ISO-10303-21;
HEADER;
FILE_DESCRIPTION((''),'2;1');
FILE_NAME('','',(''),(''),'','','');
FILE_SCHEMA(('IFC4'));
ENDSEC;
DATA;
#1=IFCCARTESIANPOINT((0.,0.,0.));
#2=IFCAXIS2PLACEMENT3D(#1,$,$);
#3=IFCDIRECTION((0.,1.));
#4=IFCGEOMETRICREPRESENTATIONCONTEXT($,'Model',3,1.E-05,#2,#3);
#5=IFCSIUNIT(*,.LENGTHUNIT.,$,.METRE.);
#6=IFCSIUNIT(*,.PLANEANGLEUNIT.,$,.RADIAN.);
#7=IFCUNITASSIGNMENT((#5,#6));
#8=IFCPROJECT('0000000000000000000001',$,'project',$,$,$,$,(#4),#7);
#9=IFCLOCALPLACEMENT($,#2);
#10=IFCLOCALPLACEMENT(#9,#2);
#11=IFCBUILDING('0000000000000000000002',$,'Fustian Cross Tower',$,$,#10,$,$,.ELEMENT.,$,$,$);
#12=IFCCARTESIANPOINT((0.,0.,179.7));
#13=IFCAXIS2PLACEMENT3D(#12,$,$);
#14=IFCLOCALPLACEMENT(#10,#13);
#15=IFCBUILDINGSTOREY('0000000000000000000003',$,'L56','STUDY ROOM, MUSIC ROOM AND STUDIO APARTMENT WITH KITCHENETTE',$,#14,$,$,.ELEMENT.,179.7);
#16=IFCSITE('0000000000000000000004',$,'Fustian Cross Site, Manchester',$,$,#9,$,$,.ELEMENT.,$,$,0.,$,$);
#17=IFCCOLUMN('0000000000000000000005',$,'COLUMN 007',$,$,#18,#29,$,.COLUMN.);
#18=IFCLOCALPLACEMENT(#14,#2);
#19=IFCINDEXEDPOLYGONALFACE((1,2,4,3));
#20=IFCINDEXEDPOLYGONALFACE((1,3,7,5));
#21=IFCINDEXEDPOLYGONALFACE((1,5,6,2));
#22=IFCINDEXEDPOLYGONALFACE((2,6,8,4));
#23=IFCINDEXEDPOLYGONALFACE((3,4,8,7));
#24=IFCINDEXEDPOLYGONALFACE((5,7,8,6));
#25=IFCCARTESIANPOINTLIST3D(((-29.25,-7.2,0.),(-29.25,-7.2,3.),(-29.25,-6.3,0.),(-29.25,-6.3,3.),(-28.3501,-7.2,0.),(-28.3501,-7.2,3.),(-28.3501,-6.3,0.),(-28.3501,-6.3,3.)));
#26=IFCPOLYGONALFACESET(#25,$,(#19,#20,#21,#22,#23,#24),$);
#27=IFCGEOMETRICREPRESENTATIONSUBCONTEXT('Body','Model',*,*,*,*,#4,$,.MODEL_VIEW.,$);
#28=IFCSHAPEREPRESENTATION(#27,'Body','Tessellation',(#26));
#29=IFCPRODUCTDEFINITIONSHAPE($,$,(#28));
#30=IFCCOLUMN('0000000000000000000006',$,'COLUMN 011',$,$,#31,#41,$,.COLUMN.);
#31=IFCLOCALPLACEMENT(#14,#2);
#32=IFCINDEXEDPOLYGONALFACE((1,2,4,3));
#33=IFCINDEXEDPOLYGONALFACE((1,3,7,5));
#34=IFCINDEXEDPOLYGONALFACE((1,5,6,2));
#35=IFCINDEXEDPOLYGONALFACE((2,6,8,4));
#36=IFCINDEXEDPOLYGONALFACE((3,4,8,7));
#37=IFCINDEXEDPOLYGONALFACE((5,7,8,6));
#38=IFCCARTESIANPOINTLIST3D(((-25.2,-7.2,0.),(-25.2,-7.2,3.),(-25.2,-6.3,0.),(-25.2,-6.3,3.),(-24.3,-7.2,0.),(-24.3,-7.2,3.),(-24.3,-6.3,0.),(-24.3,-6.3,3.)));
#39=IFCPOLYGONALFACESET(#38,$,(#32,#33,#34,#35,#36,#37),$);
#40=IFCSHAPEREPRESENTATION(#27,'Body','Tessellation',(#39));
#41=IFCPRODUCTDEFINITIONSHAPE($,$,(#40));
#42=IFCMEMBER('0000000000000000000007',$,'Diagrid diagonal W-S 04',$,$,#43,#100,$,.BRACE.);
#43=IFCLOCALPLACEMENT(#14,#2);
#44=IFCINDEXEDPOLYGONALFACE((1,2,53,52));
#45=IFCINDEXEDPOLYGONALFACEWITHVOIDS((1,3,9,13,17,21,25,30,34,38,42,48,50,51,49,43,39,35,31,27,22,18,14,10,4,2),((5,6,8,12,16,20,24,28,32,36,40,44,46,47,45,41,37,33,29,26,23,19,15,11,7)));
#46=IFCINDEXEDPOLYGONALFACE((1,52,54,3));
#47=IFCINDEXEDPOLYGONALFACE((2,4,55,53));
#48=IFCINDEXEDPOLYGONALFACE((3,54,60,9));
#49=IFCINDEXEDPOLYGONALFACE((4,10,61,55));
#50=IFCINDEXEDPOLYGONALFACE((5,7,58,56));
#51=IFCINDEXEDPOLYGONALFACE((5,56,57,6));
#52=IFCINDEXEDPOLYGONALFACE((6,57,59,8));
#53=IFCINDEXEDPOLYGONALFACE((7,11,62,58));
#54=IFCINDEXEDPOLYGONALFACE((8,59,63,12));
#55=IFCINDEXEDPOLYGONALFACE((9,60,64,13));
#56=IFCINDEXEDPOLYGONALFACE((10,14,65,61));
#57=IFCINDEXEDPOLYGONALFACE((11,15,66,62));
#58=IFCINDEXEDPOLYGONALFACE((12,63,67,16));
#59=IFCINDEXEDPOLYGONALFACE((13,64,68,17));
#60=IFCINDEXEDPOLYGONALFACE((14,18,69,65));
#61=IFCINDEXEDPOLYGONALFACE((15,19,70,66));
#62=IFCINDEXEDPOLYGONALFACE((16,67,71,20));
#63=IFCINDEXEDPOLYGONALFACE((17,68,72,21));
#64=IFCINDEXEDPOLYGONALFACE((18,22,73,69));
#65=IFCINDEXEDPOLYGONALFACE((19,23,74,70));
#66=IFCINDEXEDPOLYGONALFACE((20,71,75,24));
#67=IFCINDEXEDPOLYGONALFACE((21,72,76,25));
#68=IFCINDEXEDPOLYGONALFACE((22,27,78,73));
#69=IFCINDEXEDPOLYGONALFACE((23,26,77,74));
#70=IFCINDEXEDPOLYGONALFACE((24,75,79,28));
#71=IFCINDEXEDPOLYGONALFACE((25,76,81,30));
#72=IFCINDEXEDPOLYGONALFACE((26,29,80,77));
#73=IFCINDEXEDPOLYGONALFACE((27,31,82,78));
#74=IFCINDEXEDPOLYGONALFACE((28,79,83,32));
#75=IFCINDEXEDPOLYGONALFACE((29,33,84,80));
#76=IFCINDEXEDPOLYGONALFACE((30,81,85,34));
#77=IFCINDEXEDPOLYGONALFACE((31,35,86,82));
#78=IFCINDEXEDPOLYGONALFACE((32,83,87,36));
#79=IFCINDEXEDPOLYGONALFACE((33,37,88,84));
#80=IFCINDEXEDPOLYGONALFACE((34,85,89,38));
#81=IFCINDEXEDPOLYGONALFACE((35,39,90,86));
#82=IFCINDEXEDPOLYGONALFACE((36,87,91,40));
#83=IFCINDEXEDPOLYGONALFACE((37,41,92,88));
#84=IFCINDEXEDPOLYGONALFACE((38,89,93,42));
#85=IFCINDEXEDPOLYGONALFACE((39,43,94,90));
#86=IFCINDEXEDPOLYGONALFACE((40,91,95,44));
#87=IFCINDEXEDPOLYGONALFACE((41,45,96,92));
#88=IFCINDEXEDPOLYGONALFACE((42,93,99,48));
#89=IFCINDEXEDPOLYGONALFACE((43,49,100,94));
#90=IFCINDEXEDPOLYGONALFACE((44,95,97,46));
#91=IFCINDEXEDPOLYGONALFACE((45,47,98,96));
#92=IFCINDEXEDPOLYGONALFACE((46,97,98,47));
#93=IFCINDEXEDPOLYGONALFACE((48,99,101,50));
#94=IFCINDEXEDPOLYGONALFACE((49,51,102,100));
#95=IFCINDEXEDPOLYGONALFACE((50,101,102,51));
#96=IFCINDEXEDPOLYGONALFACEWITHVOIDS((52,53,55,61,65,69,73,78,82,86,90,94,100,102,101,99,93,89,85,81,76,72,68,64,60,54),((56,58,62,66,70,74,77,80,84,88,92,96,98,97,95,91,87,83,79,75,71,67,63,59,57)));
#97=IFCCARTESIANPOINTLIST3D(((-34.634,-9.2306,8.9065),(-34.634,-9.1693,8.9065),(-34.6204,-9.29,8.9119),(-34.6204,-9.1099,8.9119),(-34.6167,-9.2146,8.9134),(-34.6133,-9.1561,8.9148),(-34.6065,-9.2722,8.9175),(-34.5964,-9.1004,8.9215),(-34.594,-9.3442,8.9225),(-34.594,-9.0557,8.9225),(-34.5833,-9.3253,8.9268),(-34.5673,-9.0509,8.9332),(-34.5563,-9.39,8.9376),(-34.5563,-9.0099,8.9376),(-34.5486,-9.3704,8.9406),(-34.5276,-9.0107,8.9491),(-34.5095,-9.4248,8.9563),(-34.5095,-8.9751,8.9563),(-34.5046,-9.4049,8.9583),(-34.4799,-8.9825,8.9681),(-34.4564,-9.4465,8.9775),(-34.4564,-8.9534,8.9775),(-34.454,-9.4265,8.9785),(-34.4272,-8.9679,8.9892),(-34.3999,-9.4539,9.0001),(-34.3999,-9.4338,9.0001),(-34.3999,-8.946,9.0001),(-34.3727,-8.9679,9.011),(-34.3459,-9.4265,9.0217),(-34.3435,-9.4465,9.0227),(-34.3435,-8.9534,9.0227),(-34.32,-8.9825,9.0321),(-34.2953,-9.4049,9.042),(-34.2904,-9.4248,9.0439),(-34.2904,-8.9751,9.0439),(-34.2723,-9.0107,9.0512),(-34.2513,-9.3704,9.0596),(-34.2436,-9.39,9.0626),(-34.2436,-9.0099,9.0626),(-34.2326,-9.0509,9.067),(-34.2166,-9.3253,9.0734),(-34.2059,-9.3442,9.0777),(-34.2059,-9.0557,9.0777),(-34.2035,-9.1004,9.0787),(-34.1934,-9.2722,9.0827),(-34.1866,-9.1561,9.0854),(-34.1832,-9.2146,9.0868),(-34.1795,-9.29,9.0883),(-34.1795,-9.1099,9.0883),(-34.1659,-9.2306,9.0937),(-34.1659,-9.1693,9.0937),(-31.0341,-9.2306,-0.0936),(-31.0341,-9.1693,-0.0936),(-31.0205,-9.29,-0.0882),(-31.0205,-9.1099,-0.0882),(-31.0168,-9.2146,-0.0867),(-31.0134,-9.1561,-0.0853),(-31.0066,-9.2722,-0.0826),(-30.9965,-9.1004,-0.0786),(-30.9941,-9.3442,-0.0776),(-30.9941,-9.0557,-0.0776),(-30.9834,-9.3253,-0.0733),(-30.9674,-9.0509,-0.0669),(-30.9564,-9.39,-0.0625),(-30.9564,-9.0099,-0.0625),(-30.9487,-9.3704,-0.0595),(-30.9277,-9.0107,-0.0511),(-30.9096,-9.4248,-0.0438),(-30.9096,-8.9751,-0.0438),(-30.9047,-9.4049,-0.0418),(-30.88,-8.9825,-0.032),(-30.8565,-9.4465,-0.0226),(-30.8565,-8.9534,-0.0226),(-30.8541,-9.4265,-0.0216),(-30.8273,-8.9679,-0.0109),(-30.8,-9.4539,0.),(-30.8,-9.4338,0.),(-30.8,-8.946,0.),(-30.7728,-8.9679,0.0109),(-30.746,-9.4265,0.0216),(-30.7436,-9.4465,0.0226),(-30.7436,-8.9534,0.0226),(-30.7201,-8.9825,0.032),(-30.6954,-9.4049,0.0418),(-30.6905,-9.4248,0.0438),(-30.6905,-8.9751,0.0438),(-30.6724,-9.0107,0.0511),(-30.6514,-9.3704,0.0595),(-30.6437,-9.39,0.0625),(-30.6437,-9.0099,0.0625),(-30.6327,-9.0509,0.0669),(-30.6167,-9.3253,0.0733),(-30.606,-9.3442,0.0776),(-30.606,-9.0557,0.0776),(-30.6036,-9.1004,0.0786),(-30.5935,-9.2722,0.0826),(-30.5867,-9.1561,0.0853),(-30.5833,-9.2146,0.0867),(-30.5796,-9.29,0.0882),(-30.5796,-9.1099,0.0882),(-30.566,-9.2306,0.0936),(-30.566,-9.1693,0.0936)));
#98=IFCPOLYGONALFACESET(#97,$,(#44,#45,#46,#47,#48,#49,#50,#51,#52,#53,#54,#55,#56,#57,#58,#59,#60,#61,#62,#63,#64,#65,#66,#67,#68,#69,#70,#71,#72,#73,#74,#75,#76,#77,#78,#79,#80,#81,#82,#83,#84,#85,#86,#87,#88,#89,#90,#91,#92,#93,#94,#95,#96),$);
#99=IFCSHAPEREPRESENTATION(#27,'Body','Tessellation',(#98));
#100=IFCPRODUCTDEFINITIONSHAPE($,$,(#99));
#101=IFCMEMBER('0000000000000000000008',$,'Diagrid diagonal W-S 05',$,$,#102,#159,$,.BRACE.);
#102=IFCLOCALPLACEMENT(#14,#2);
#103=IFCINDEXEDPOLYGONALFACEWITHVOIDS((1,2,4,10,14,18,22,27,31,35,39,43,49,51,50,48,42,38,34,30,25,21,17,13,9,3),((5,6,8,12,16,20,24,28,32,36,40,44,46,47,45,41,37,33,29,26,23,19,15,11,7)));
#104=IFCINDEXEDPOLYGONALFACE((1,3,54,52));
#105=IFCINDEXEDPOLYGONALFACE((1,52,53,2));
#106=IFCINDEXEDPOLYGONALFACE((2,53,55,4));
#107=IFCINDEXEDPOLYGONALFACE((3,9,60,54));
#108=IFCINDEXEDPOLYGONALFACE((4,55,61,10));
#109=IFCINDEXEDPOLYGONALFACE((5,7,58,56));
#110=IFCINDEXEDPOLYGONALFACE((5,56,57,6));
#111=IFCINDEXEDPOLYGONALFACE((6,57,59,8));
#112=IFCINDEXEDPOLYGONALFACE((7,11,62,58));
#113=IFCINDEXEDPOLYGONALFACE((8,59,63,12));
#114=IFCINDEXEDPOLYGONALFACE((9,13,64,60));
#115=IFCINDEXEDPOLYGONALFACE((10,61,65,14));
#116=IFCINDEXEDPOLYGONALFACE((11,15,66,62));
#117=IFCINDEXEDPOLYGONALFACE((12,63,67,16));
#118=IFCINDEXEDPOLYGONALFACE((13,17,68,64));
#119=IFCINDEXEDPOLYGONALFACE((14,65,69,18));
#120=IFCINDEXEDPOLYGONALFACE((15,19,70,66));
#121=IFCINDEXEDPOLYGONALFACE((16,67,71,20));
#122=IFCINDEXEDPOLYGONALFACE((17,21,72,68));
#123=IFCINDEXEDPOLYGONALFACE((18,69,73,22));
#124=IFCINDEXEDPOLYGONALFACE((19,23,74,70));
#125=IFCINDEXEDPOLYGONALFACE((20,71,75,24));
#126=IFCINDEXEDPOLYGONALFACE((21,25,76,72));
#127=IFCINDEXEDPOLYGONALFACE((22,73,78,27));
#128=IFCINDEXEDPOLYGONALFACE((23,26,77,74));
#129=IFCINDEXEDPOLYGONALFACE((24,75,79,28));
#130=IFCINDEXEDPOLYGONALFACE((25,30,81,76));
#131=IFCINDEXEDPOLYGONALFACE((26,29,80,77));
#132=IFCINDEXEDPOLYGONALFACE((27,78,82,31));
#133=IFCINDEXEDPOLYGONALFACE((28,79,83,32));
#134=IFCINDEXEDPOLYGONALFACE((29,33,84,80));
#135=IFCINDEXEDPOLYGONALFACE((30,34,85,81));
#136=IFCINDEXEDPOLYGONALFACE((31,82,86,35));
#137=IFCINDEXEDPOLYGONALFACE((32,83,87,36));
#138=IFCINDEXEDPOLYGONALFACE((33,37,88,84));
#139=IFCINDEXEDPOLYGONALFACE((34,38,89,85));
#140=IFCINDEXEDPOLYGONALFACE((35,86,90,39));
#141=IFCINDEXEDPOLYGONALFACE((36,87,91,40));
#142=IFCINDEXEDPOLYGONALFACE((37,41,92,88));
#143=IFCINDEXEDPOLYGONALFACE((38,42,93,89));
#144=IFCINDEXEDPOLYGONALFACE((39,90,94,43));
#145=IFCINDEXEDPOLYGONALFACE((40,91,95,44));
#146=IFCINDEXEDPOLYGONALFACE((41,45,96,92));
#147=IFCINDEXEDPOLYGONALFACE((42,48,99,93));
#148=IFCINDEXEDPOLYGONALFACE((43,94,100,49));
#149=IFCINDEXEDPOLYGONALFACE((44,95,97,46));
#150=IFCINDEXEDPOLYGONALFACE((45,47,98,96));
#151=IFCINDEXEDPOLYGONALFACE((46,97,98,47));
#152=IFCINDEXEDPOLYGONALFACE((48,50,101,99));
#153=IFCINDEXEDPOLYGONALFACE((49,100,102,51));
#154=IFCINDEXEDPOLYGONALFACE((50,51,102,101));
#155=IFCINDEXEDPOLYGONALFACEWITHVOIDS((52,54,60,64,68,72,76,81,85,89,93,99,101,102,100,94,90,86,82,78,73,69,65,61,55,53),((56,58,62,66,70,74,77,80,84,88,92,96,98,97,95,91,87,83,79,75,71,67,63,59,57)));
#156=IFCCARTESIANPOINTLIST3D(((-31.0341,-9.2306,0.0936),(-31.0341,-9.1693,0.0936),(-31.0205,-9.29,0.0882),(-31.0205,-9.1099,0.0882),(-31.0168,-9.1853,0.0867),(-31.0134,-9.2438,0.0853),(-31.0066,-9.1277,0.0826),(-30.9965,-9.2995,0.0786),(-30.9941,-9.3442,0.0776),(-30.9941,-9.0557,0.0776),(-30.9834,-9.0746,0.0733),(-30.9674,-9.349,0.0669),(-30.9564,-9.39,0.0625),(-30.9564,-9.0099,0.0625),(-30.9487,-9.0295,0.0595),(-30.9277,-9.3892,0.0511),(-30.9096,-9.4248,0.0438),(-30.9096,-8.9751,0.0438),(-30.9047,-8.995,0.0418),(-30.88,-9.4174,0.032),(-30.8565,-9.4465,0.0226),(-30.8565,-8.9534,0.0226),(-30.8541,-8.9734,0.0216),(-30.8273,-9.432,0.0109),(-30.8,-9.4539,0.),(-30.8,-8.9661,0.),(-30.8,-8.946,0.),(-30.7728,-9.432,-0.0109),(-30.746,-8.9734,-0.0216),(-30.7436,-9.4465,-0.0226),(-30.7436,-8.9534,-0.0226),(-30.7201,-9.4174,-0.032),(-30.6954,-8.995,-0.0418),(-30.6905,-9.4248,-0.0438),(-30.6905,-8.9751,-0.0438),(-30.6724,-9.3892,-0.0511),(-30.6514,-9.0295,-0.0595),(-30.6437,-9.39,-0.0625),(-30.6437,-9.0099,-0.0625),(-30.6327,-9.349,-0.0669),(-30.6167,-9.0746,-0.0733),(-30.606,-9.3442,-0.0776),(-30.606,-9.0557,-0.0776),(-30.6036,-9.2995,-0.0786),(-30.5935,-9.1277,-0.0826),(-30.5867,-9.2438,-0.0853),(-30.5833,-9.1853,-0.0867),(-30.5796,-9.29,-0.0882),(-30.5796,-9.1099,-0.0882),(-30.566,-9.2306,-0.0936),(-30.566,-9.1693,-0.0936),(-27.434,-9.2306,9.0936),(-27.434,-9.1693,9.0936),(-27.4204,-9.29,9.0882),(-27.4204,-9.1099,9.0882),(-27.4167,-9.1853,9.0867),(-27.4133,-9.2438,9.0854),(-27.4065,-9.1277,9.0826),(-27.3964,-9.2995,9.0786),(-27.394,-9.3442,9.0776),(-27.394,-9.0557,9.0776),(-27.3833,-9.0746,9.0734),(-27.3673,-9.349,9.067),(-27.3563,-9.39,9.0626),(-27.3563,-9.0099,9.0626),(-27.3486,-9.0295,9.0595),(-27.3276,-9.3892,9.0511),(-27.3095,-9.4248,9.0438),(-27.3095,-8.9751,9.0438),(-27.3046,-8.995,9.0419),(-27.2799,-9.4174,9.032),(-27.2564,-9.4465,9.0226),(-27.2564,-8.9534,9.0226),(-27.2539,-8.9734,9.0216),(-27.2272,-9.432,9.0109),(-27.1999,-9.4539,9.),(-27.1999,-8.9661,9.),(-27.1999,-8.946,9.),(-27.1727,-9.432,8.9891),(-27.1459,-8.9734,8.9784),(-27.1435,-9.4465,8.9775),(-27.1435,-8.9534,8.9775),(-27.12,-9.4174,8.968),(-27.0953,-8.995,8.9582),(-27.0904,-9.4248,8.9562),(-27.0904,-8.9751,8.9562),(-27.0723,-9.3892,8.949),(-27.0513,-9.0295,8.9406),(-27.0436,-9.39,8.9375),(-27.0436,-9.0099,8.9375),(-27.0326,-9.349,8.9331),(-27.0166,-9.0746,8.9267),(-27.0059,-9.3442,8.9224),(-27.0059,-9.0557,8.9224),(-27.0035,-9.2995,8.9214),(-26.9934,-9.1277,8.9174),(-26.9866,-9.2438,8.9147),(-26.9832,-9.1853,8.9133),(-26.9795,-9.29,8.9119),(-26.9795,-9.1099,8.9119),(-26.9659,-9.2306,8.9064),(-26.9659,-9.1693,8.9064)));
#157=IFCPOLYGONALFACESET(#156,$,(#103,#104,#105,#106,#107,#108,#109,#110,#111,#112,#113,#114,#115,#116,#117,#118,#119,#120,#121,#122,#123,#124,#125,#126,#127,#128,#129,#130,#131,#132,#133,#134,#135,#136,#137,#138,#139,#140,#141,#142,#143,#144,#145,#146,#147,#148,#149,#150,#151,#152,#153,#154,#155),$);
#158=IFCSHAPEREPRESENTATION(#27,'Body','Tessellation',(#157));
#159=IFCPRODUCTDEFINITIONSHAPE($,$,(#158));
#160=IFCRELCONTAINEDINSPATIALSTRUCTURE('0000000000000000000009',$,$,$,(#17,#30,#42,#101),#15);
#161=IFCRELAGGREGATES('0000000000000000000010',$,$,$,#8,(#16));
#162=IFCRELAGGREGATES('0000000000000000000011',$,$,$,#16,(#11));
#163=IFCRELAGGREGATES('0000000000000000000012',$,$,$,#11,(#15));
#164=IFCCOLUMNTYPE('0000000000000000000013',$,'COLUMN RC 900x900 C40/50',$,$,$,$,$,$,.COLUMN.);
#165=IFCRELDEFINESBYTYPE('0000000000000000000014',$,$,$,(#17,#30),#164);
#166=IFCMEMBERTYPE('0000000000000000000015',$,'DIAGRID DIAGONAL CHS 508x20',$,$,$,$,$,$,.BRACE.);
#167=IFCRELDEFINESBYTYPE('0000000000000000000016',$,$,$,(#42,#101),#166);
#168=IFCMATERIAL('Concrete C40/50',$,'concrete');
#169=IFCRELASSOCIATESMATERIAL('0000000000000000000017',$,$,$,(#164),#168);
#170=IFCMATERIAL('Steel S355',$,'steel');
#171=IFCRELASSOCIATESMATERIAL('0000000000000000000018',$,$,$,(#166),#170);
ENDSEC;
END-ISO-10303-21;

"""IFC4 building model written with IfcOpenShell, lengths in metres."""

from ifc_helpers import new_model, si_unit, direction, frame, origin, origin_2d, place, context, subcontext, project, spatial, rectangle, hollow_circle, extrude, material, material_profile, profile_set, type_object, element, save


model = new_model("IFC4")

# Units and contexts
model_context = context("Model", 3, precision=1e-05, world=origin(), true_north=direction((0.0, 1.0)))
body_context = subcontext(model_context, "Body", "Model", "MODEL_VIEW")
ifc_project = project(units=[si_unit("LENGTHUNIT", "METRE"), si_unit("PLANEANGLEUNIT", "RADIAN")], contexts=[model_context])

# Site, building, storey
site_placement = place(None, origin())
site = spatial("IfcSite", under=ifc_project, at=site_placement, Name="Fustian Cross Site, Manchester", CompositionType="ELEMENT", RefElevation=0.0)
building_placement = place(site_placement, origin())
building = spatial("IfcBuilding", under=site, at=building_placement, Name="Fustian Cross Tower", CompositionType="ELEMENT")
storey_placement = place(building_placement, frame((0.0, 0.0, 179.7)))
storey = spatial("IfcBuildingStorey", under=building, at=storey_placement, Name="L56", Description="STUDY ROOM, MUSIC ROOM AND STUDIO APARTMENT WITH KITCHENETTE", CompositionType="ELEMENT", Elevation=179.7)

# Columns
ifc_material_1 = material(Name="Concrete C40/50", Category="concrete")
ifc_material_profile_1 = material_profile(ifc_material_1, rectangle(XDim=0.8999, YDim=0.8999, at=origin_2d()), Name="RC 900x900")
ifc_profile_set_1 = profile_set([ifc_material_profile_1], Name="Concrete C40/50")
column_type = type_object("IfcColumnType", Name="COLUMN RC 900x900 C40/50", PredefinedType="COLUMN", material=ifc_profile_set_1)
for number, where, z_axis, x_axis, name in (
    (1, (-28.8, -6.75, 0.0), (0.0, 0.0, 1.0), (1.0, 0.0, 0.0), "COLUMN 007"),
    (2, (-24.75, -6.75, 0.0), (0.0, 0.0, 1.0), (1.0, 0.0, 0.0), "COLUMN 011"),
):
    element("IfcColumn", number, at=place(storey_placement, frame(where, z_axis=z_axis, x_axis=x_axis)), inside=storey, type_object=column_type, Name=name, PredefinedType="COLUMN", context=body_context, shape_type="SweptSolid", body=[
        extrude(rectangle(XDim=0.8999, YDim=0.8999, at=origin_2d()), origin(), (0.0, 0.0, 1.0), 3.0),
    ])

# Members
ifc_material_2 = material(Name="Steel S355", Category="steel")
ifc_material_profile_2 = material_profile(ifc_material_2, hollow_circle(Radius=0.2539, WallThickness=0.02, at=origin_2d()), Name="CHS 508x20")
ifc_profile_set_2 = profile_set([ifc_material_profile_2], Name="Steel S355")
member_type = type_object("IfcMemberType", Name="DIAGRID DIAGONAL CHS 508x20", PredefinedType="BRACE", material=ifc_profile_set_2)
for number, where, z_axis, x_axis, name in (
    (3, (-30.8, -9.2, 0.0), (-0.371378, 0.0, 0.928482), (0.0, -1.0, 0.0), "Diagrid diagonal W-S 04"),
    (4, (-30.8, -9.2, 0.0), (0.371399, 0.0, 0.928473), (0.0, 1.0, 0.0), "Diagrid diagonal W-S 05"),
):
    element("IfcMember", number, at=place(storey_placement, frame(where, z_axis=z_axis, x_axis=x_axis)), inside=storey, type_object=member_type, Name=name, PredefinedType="BRACE", context=body_context, shape_type="SweptSolid", body=[
        extrude(hollow_circle(Radius=0.2539, WallThickness=0.02, at=origin_2d()), origin(), (0.0, 0.0, 1.0), 9.6934),
    ])

save(model, "model.ifc")
